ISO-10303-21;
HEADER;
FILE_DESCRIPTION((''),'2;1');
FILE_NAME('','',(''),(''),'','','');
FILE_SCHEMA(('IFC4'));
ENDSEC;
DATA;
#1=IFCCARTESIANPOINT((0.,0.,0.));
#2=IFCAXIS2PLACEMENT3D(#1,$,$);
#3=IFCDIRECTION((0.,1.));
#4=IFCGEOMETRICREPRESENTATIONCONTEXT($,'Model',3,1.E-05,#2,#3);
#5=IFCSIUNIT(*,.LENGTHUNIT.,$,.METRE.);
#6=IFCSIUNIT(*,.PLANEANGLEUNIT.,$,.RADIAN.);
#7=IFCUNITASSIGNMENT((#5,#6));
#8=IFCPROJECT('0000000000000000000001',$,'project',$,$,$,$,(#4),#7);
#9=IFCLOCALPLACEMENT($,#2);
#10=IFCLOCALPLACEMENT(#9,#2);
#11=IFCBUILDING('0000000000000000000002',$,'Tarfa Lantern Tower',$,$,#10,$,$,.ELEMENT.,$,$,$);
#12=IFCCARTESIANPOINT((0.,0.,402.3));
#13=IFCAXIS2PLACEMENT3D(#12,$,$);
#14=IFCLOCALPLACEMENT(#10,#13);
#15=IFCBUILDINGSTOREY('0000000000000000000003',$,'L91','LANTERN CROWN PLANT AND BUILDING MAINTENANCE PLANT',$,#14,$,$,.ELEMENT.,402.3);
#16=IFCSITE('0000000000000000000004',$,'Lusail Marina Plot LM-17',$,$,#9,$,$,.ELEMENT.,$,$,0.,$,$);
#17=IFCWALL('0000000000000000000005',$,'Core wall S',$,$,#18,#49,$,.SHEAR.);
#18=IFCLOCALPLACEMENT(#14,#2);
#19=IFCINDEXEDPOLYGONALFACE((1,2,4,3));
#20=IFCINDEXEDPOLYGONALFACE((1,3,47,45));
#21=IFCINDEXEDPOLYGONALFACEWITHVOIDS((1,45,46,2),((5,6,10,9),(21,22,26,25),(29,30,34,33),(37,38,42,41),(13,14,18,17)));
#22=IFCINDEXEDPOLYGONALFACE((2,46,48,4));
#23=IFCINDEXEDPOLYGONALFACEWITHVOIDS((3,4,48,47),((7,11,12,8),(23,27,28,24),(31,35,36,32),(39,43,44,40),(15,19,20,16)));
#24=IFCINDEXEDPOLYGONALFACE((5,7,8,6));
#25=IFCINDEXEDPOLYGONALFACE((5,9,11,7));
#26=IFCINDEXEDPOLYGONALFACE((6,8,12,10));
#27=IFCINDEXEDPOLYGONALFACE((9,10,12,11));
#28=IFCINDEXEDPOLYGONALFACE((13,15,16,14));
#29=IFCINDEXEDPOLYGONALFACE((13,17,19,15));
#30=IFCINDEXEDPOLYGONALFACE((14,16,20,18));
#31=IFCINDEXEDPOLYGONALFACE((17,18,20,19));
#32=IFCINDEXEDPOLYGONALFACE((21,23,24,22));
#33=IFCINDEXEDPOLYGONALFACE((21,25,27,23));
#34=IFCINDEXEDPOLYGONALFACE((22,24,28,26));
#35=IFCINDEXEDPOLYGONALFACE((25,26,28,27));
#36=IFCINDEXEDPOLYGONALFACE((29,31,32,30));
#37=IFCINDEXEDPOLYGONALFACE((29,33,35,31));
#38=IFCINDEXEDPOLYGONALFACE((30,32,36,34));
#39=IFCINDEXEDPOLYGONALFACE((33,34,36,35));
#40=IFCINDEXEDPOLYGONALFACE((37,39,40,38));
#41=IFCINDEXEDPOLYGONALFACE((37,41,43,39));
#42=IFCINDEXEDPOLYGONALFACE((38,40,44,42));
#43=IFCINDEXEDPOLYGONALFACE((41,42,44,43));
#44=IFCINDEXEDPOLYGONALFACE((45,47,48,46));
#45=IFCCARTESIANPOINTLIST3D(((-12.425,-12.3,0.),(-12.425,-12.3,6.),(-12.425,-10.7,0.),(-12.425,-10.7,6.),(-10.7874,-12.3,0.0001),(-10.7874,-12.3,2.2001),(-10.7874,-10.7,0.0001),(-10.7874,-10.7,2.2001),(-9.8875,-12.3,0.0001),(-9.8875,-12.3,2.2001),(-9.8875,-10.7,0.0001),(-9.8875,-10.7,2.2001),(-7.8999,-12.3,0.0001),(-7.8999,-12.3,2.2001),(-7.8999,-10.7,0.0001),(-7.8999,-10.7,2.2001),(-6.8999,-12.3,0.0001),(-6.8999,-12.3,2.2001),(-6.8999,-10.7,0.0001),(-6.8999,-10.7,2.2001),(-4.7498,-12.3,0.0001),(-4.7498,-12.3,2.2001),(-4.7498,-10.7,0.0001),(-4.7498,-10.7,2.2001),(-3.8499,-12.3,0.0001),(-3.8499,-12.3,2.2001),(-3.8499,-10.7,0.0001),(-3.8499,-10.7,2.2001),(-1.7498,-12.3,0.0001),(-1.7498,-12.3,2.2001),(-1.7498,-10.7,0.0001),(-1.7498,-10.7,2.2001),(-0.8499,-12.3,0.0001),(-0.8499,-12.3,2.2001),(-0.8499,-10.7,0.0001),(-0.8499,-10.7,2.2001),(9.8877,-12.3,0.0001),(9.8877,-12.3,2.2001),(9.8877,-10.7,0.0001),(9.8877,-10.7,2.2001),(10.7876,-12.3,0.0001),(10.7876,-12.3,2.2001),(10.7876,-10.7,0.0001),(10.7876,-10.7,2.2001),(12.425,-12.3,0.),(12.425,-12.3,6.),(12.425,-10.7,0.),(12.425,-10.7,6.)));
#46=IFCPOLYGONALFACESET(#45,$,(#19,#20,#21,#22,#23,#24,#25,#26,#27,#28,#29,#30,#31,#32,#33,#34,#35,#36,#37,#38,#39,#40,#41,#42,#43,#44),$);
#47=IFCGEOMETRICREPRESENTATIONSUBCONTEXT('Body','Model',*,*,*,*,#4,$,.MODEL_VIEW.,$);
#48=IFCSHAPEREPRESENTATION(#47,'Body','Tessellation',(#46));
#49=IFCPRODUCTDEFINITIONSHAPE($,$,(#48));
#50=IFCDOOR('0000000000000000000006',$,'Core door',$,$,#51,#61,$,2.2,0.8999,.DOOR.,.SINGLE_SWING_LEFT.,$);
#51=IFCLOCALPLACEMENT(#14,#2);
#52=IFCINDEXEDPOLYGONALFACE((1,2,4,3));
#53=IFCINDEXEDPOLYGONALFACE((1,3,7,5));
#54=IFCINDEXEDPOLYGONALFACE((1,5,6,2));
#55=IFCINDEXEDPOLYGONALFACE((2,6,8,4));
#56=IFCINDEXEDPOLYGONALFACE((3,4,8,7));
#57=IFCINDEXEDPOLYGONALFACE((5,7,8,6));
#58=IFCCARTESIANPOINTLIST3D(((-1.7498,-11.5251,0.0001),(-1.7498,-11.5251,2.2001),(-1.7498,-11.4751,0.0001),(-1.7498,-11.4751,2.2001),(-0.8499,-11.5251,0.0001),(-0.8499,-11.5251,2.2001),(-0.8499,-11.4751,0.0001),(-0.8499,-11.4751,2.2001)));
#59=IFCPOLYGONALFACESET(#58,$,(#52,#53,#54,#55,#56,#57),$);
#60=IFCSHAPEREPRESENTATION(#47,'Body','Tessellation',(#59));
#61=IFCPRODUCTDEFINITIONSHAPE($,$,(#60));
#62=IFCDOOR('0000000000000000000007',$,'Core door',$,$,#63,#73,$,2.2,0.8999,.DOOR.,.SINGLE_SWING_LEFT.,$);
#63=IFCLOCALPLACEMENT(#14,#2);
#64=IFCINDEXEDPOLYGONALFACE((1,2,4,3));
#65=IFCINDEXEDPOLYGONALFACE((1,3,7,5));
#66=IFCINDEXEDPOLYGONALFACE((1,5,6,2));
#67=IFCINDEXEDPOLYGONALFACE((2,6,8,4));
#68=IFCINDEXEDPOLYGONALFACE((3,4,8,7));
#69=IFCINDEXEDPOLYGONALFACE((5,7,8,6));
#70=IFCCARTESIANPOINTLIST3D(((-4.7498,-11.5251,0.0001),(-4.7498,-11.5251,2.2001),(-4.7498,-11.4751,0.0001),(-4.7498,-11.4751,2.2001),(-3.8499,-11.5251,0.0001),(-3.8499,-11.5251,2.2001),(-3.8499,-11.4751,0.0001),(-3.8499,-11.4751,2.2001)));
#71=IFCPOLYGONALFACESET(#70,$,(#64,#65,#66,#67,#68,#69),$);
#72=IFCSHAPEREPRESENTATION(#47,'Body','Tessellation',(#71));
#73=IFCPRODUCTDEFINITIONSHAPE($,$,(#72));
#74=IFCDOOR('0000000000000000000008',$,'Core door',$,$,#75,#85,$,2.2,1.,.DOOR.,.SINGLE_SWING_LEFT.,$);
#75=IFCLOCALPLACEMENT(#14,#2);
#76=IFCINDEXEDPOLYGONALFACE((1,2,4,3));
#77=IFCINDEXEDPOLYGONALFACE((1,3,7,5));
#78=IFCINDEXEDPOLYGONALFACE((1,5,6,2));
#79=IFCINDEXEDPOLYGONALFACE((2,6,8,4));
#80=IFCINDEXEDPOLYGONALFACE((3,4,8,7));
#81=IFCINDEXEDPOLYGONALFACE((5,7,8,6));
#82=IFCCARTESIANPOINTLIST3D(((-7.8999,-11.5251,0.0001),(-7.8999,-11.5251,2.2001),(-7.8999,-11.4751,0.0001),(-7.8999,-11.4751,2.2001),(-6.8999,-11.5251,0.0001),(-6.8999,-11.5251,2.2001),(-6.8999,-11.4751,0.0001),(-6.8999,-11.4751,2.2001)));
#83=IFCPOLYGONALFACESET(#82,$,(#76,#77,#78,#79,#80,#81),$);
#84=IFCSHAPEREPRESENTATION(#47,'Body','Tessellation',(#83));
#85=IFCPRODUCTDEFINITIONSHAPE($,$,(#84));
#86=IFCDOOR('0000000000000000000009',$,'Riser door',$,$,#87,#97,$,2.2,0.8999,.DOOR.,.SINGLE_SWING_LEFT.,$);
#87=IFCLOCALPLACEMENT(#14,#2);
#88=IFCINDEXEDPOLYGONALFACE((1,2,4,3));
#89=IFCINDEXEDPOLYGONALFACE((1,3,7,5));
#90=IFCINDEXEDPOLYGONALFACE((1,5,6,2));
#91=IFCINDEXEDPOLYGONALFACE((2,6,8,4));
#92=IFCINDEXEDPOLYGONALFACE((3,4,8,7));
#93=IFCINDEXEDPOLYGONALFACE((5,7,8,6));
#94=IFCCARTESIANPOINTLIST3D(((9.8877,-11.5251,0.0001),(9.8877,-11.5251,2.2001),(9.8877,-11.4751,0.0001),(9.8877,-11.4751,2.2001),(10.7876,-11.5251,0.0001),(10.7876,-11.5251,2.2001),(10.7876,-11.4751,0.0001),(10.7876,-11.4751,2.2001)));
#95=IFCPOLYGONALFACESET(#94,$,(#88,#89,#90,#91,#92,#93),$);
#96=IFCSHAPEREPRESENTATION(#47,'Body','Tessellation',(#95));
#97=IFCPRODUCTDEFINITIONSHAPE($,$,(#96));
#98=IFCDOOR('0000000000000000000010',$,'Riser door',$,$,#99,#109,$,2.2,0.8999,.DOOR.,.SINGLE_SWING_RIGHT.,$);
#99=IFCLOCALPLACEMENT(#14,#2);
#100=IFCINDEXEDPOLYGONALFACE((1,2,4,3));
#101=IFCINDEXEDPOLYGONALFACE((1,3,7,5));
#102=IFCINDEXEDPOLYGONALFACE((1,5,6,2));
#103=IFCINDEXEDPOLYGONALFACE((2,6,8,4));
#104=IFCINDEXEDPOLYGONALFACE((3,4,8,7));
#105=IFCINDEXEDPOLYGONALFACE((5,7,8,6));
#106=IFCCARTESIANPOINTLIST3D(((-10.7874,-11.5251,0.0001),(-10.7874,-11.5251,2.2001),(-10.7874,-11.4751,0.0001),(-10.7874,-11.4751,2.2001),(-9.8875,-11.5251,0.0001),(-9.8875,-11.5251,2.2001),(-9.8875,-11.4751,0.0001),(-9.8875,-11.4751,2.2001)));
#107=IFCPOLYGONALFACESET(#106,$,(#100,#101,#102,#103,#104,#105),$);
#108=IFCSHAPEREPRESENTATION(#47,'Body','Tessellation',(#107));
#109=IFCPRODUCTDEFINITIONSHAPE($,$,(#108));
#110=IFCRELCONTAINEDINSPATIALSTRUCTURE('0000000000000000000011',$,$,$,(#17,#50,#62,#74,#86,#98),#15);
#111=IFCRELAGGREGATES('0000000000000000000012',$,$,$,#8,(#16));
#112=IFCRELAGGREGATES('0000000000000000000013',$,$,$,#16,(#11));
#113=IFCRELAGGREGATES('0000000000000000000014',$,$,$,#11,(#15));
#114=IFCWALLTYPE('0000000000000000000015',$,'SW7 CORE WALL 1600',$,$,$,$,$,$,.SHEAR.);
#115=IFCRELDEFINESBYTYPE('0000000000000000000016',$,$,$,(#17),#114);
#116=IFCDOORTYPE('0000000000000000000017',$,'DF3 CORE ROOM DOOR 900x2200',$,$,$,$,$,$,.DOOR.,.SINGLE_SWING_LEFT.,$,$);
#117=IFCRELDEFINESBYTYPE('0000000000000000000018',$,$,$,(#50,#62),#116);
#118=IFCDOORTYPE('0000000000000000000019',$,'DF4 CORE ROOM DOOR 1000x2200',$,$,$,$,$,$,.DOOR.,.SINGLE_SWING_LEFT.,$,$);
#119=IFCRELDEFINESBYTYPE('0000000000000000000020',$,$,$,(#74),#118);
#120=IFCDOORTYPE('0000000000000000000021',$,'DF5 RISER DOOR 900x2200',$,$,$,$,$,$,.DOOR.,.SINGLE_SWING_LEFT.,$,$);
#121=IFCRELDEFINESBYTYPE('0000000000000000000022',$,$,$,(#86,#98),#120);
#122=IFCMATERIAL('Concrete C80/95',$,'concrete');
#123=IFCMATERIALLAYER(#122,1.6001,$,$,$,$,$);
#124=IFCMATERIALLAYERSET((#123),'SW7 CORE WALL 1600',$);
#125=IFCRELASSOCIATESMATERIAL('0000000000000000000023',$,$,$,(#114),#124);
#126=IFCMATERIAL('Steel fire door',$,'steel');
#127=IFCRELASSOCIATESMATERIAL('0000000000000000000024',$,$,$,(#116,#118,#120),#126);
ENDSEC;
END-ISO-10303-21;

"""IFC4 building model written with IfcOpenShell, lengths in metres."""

from ifc_helpers import new_model, si_unit, direction, frame, frame_2d, origin, place, context, subcontext, project, spatial, rectangle, extrude, material, layer, layer_set, type_object, element, fill, save


model = new_model("IFC4")

# Units and contexts
model_context = context("Model", 3, precision=1e-05, world=origin(), true_north=direction((0.0, 1.0)))
body_context = subcontext(model_context, "Body", "Model", "MODEL_VIEW")
ifc_project = project(units=[si_unit("LENGTHUNIT", "METRE"), si_unit("PLANEANGLEUNIT", "RADIAN")], contexts=[model_context])

# Site, building, storey
site_placement = place(None, origin())
site = spatial("IfcSite", under=ifc_project, at=site_placement, Name="Lusail Marina Plot LM-17", CompositionType="ELEMENT", RefElevation=0.0)
building_placement = place(site_placement, origin())
building = spatial("IfcBuilding", under=site, at=building_placement, Name="Tarfa Lantern Tower", CompositionType="ELEMENT")
storey_placement = place(building_placement, frame((0.0, 0.0, 402.3)))
storey = spatial("IfcBuildingStorey", under=building, at=storey_placement, Name="L91", Description="LANTERN CROWN PLANT AND BUILDING MAINTENANCE PLANT", CompositionType="ELEMENT", Elevation=402.3)

# Shared definitions
ifc_material_1 = material(Name="Concrete C80/95", Category="concrete")
ifc_material_2 = material(Name="Steel fire door", Category="steel")

# Wall, openings, doors
ifc_layer_1 = layer(ifc_material_1, 1.6001)
ifc_layer_set_1 = layer_set([ifc_layer_1], Name="SW7 CORE WALL 1600")
wall_type_1 = type_object("IfcWallType", Name="SW7 CORE WALL 1600", PredefinedType="SHEAR", material=ifc_layer_set_1)
wall_1_placement = place(storey_placement, frame((12.425, -11.5, 0.0), z_axis=(0.0, 0.0, 1.0), x_axis=(-1.0, 0.0, 0.0)))
wall_1 = element("IfcWall", 1, at=wall_1_placement, inside=storey, type_object=wall_type_1, Name="Core wall S", PredefinedType="SHEAR", context=body_context, shape_type="SweptSolid", body=[
    extrude(rectangle(XDim=24.8501, YDim=1.6001, at=frame_2d((12.425, 0.0))), origin(), (0.0, 0.0, 1.0), 6.0),
])
opening_1_placement = place(wall_1_placement, frame((13.2749, 0.0, 0.0)))
opening_1 = element("IfcOpeningElement", 2, at=opening_1_placement, cuts=wall_1, PredefinedType="OPENING", context=body_context, shape_type="SweptSolid", body=[
    extrude(rectangle(XDim=0.8999, YDim=2.2, at=frame_2d((0.45, 1.1001))), frame((0.0, 0.8101, 0.0), z_axis=(0.0, -1.0, 0.0), x_axis=(1.0, 0.0, 0.0)), (0.0, 0.0, 1.0), 1.6201),
])
opening_2_placement = place(wall_1_placement, frame((16.2749, 0.0, 0.0)))
opening_2 = element("IfcOpeningElement", 3, at=opening_2_placement, cuts=wall_1, PredefinedType="OPENING", context=body_context, shape_type="SweptSolid", body=[
    extrude(rectangle(XDim=0.8999, YDim=2.2, at=frame_2d((0.45, 1.1001))), frame((0.0, 0.8101, 0.0), z_axis=(0.0, -1.0, 0.0), x_axis=(1.0, 0.0, 0.0)), (0.0, 0.0, 1.0), 1.6201),
])
opening_3_placement = place(wall_1_placement, frame((19.325, 0.0, 0.0)))
opening_3 = element("IfcOpeningElement", 4, at=opening_3_placement, cuts=wall_1, PredefinedType="OPENING", context=body_context, shape_type="SweptSolid", body=[
    extrude(rectangle(XDim=1.0, YDim=2.2, at=frame_2d((0.5, 1.1001))), frame((0.0, 0.8101, 0.0), z_axis=(0.0, -1.0, 0.0), x_axis=(1.0, 0.0, 0.0)), (0.0, 0.0, 1.0), 1.6201),
])
opening_4_placement = place(wall_1_placement, frame((1.6375, 0.0, 0.0)))
opening_4 = element("IfcOpeningElement", 5, at=opening_4_placement, cuts=wall_1, PredefinedType="OPENING", context=body_context, shape_type="SweptSolid", body=[
    extrude(rectangle(XDim=0.8999, YDim=2.2, at=frame_2d((0.45, 1.1001))), frame((0.0, 0.8101, 0.0), z_axis=(0.0, -1.0, 0.0), x_axis=(1.0, 0.0, 0.0)), (0.0, 0.0, 1.0), 1.6201),
])
opening_5_placement = place(wall_1_placement, frame((22.3125, 0.0, 0.0)))
opening_5 = element("IfcOpeningElement", 6, at=opening_5_placement, cuts=wall_1, PredefinedType="OPENING", context=body_context, shape_type="SweptSolid", body=[
    extrude(rectangle(XDim=0.8999, YDim=2.2, at=frame_2d((0.45, 1.1001))), frame((0.0, 0.8101, 0.0), z_axis=(0.0, -1.0, 0.0), x_axis=(1.0, 0.0, 0.0)), (0.0, 0.0, 1.0), 1.6201),
])
door_type_1 = type_object("IfcDoorType", Name="DF3 CORE ROOM DOOR 900x2200", OperationType="SINGLE_SWING_LEFT", PredefinedType="DOOR", material=ifc_material_2)
door_1_placement = place(opening_1_placement, frame((0.8999, 0.0, 0.0), z_axis=(0.0, 0.0, 1.0), x_axis=(-1.0, 0.0, 0.0)))
door_1 = element("IfcDoor", 7, at=door_1_placement, inside=storey, type_object=door_type_1, Name="Core door", OperationType="SINGLE_SWING_LEFT", OverallHeight=2.2, OverallWidth=0.8999, PredefinedType="DOOR", context=body_context, shape_type="SweptSolid", body=[
    extrude(rectangle(XDim=0.8999, YDim=2.2, at=frame_2d((0.45, 1.1001))), frame((0.0, 0.0249, 0.0), z_axis=(0.0, -1.0, 0.0), x_axis=(1.0, 0.0, 0.0)), (0.0, 0.0, 1.0), 0.05),
])
fill(opening_1, door_1)
door_2_placement = place(opening_2_placement, frame((0.8999, 0.0, 0.0), z_axis=(0.0, 0.0, 1.0), x_axis=(-1.0, 0.0, 0.0)))
door_2 = element("IfcDoor", 8, at=door_2_placement, inside=storey, type_object=door_type_1, Name="Core door", OperationType="SINGLE_SWING_LEFT", OverallHeight=2.2, OverallWidth=0.8999, PredefinedType="DOOR", context=body_context, shape_type="SweptSolid", body=[
    extrude(rectangle(XDim=0.8999, YDim=2.2, at=frame_2d((0.45, 1.1001))), frame((0.0, 0.0249, 0.0), z_axis=(0.0, -1.0, 0.0), x_axis=(1.0, 0.0, 0.0)), (0.0, 0.0, 1.0), 0.05),
])
fill(opening_2, door_2)
door_type_2 = type_object("IfcDoorType", Name="DF4 CORE ROOM DOOR 1000x2200", OperationType="SINGLE_SWING_LEFT", PredefinedType="DOOR", material=ifc_material_2)
door_3_placement = place(opening_3_placement, frame((1.0, 0.0, 0.0), z_axis=(0.0, 0.0, 1.0), x_axis=(-1.0, 0.0, 0.0)))
door_3 = element("IfcDoor", 9, at=door_3_placement, inside=storey, type_object=door_type_2, Name="Core door", OperationType="SINGLE_SWING_LEFT", OverallHeight=2.2, OverallWidth=1.0, PredefinedType="DOOR", context=body_context, shape_type="SweptSolid", body=[
    extrude(rectangle(XDim=1.0, YDim=2.2, at=frame_2d((0.5, 1.1001))), frame((0.0, 0.0249, 0.0), z_axis=(0.0, -1.0, 0.0), x_axis=(1.0, 0.0, 0.0)), (0.0, 0.0, 1.0), 0.05),
])
fill(opening_3, door_3)
door_type_3 = type_object("IfcDoorType", Name="DF5 RISER DOOR 900x2200", OperationType="SINGLE_SWING_LEFT", PredefinedType="DOOR", material=ifc_material_2)
door_4_placement = place(opening_4_placement, frame((0.8999, 0.0, 0.0), z_axis=(0.0, 0.0, 1.0), x_axis=(-1.0, 0.0, 0.0)))
door_4 = element("IfcDoor", 10, at=door_4_placement, inside=storey, type_object=door_type_3, Name="Riser door", OperationType="SINGLE_SWING_LEFT", OverallHeight=2.2, OverallWidth=0.8999, PredefinedType="DOOR", context=body_context, shape_type="SweptSolid", body=[
    extrude(rectangle(XDim=0.8999, YDim=2.2, at=frame_2d((0.45, 1.1001))), frame((0.0, 0.0249, 0.0), z_axis=(0.0, -1.0, 0.0), x_axis=(1.0, 0.0, 0.0)), (0.0, 0.0, 1.0), 0.05),
])
fill(opening_4, door_4)
door_5_placement = place(opening_5_placement, frame((0.8999, 0.0, 0.0), z_axis=(0.0, 0.0, 1.0), x_axis=(-1.0, 0.0, 0.0)))
door_5 = element("IfcDoor", 11, at=door_5_placement, inside=storey, type_object=door_type_3, Name="Riser door", OperationType="SINGLE_SWING_RIGHT", OverallHeight=2.2, OverallWidth=0.8999, PredefinedType="DOOR", context=body_context, shape_type="SweptSolid", body=[
    extrude(rectangle(XDim=0.8999, YDim=2.2, at=frame_2d((0.45, 1.1001))), frame((0.0, 0.0249, 0.0), z_axis=(0.0, -1.0, 0.0), x_axis=(1.0, 0.0, 0.0)), (0.0, 0.0, 1.0), 0.05),
])
fill(opening_5, door_5)

save(model, "model.ifc")
